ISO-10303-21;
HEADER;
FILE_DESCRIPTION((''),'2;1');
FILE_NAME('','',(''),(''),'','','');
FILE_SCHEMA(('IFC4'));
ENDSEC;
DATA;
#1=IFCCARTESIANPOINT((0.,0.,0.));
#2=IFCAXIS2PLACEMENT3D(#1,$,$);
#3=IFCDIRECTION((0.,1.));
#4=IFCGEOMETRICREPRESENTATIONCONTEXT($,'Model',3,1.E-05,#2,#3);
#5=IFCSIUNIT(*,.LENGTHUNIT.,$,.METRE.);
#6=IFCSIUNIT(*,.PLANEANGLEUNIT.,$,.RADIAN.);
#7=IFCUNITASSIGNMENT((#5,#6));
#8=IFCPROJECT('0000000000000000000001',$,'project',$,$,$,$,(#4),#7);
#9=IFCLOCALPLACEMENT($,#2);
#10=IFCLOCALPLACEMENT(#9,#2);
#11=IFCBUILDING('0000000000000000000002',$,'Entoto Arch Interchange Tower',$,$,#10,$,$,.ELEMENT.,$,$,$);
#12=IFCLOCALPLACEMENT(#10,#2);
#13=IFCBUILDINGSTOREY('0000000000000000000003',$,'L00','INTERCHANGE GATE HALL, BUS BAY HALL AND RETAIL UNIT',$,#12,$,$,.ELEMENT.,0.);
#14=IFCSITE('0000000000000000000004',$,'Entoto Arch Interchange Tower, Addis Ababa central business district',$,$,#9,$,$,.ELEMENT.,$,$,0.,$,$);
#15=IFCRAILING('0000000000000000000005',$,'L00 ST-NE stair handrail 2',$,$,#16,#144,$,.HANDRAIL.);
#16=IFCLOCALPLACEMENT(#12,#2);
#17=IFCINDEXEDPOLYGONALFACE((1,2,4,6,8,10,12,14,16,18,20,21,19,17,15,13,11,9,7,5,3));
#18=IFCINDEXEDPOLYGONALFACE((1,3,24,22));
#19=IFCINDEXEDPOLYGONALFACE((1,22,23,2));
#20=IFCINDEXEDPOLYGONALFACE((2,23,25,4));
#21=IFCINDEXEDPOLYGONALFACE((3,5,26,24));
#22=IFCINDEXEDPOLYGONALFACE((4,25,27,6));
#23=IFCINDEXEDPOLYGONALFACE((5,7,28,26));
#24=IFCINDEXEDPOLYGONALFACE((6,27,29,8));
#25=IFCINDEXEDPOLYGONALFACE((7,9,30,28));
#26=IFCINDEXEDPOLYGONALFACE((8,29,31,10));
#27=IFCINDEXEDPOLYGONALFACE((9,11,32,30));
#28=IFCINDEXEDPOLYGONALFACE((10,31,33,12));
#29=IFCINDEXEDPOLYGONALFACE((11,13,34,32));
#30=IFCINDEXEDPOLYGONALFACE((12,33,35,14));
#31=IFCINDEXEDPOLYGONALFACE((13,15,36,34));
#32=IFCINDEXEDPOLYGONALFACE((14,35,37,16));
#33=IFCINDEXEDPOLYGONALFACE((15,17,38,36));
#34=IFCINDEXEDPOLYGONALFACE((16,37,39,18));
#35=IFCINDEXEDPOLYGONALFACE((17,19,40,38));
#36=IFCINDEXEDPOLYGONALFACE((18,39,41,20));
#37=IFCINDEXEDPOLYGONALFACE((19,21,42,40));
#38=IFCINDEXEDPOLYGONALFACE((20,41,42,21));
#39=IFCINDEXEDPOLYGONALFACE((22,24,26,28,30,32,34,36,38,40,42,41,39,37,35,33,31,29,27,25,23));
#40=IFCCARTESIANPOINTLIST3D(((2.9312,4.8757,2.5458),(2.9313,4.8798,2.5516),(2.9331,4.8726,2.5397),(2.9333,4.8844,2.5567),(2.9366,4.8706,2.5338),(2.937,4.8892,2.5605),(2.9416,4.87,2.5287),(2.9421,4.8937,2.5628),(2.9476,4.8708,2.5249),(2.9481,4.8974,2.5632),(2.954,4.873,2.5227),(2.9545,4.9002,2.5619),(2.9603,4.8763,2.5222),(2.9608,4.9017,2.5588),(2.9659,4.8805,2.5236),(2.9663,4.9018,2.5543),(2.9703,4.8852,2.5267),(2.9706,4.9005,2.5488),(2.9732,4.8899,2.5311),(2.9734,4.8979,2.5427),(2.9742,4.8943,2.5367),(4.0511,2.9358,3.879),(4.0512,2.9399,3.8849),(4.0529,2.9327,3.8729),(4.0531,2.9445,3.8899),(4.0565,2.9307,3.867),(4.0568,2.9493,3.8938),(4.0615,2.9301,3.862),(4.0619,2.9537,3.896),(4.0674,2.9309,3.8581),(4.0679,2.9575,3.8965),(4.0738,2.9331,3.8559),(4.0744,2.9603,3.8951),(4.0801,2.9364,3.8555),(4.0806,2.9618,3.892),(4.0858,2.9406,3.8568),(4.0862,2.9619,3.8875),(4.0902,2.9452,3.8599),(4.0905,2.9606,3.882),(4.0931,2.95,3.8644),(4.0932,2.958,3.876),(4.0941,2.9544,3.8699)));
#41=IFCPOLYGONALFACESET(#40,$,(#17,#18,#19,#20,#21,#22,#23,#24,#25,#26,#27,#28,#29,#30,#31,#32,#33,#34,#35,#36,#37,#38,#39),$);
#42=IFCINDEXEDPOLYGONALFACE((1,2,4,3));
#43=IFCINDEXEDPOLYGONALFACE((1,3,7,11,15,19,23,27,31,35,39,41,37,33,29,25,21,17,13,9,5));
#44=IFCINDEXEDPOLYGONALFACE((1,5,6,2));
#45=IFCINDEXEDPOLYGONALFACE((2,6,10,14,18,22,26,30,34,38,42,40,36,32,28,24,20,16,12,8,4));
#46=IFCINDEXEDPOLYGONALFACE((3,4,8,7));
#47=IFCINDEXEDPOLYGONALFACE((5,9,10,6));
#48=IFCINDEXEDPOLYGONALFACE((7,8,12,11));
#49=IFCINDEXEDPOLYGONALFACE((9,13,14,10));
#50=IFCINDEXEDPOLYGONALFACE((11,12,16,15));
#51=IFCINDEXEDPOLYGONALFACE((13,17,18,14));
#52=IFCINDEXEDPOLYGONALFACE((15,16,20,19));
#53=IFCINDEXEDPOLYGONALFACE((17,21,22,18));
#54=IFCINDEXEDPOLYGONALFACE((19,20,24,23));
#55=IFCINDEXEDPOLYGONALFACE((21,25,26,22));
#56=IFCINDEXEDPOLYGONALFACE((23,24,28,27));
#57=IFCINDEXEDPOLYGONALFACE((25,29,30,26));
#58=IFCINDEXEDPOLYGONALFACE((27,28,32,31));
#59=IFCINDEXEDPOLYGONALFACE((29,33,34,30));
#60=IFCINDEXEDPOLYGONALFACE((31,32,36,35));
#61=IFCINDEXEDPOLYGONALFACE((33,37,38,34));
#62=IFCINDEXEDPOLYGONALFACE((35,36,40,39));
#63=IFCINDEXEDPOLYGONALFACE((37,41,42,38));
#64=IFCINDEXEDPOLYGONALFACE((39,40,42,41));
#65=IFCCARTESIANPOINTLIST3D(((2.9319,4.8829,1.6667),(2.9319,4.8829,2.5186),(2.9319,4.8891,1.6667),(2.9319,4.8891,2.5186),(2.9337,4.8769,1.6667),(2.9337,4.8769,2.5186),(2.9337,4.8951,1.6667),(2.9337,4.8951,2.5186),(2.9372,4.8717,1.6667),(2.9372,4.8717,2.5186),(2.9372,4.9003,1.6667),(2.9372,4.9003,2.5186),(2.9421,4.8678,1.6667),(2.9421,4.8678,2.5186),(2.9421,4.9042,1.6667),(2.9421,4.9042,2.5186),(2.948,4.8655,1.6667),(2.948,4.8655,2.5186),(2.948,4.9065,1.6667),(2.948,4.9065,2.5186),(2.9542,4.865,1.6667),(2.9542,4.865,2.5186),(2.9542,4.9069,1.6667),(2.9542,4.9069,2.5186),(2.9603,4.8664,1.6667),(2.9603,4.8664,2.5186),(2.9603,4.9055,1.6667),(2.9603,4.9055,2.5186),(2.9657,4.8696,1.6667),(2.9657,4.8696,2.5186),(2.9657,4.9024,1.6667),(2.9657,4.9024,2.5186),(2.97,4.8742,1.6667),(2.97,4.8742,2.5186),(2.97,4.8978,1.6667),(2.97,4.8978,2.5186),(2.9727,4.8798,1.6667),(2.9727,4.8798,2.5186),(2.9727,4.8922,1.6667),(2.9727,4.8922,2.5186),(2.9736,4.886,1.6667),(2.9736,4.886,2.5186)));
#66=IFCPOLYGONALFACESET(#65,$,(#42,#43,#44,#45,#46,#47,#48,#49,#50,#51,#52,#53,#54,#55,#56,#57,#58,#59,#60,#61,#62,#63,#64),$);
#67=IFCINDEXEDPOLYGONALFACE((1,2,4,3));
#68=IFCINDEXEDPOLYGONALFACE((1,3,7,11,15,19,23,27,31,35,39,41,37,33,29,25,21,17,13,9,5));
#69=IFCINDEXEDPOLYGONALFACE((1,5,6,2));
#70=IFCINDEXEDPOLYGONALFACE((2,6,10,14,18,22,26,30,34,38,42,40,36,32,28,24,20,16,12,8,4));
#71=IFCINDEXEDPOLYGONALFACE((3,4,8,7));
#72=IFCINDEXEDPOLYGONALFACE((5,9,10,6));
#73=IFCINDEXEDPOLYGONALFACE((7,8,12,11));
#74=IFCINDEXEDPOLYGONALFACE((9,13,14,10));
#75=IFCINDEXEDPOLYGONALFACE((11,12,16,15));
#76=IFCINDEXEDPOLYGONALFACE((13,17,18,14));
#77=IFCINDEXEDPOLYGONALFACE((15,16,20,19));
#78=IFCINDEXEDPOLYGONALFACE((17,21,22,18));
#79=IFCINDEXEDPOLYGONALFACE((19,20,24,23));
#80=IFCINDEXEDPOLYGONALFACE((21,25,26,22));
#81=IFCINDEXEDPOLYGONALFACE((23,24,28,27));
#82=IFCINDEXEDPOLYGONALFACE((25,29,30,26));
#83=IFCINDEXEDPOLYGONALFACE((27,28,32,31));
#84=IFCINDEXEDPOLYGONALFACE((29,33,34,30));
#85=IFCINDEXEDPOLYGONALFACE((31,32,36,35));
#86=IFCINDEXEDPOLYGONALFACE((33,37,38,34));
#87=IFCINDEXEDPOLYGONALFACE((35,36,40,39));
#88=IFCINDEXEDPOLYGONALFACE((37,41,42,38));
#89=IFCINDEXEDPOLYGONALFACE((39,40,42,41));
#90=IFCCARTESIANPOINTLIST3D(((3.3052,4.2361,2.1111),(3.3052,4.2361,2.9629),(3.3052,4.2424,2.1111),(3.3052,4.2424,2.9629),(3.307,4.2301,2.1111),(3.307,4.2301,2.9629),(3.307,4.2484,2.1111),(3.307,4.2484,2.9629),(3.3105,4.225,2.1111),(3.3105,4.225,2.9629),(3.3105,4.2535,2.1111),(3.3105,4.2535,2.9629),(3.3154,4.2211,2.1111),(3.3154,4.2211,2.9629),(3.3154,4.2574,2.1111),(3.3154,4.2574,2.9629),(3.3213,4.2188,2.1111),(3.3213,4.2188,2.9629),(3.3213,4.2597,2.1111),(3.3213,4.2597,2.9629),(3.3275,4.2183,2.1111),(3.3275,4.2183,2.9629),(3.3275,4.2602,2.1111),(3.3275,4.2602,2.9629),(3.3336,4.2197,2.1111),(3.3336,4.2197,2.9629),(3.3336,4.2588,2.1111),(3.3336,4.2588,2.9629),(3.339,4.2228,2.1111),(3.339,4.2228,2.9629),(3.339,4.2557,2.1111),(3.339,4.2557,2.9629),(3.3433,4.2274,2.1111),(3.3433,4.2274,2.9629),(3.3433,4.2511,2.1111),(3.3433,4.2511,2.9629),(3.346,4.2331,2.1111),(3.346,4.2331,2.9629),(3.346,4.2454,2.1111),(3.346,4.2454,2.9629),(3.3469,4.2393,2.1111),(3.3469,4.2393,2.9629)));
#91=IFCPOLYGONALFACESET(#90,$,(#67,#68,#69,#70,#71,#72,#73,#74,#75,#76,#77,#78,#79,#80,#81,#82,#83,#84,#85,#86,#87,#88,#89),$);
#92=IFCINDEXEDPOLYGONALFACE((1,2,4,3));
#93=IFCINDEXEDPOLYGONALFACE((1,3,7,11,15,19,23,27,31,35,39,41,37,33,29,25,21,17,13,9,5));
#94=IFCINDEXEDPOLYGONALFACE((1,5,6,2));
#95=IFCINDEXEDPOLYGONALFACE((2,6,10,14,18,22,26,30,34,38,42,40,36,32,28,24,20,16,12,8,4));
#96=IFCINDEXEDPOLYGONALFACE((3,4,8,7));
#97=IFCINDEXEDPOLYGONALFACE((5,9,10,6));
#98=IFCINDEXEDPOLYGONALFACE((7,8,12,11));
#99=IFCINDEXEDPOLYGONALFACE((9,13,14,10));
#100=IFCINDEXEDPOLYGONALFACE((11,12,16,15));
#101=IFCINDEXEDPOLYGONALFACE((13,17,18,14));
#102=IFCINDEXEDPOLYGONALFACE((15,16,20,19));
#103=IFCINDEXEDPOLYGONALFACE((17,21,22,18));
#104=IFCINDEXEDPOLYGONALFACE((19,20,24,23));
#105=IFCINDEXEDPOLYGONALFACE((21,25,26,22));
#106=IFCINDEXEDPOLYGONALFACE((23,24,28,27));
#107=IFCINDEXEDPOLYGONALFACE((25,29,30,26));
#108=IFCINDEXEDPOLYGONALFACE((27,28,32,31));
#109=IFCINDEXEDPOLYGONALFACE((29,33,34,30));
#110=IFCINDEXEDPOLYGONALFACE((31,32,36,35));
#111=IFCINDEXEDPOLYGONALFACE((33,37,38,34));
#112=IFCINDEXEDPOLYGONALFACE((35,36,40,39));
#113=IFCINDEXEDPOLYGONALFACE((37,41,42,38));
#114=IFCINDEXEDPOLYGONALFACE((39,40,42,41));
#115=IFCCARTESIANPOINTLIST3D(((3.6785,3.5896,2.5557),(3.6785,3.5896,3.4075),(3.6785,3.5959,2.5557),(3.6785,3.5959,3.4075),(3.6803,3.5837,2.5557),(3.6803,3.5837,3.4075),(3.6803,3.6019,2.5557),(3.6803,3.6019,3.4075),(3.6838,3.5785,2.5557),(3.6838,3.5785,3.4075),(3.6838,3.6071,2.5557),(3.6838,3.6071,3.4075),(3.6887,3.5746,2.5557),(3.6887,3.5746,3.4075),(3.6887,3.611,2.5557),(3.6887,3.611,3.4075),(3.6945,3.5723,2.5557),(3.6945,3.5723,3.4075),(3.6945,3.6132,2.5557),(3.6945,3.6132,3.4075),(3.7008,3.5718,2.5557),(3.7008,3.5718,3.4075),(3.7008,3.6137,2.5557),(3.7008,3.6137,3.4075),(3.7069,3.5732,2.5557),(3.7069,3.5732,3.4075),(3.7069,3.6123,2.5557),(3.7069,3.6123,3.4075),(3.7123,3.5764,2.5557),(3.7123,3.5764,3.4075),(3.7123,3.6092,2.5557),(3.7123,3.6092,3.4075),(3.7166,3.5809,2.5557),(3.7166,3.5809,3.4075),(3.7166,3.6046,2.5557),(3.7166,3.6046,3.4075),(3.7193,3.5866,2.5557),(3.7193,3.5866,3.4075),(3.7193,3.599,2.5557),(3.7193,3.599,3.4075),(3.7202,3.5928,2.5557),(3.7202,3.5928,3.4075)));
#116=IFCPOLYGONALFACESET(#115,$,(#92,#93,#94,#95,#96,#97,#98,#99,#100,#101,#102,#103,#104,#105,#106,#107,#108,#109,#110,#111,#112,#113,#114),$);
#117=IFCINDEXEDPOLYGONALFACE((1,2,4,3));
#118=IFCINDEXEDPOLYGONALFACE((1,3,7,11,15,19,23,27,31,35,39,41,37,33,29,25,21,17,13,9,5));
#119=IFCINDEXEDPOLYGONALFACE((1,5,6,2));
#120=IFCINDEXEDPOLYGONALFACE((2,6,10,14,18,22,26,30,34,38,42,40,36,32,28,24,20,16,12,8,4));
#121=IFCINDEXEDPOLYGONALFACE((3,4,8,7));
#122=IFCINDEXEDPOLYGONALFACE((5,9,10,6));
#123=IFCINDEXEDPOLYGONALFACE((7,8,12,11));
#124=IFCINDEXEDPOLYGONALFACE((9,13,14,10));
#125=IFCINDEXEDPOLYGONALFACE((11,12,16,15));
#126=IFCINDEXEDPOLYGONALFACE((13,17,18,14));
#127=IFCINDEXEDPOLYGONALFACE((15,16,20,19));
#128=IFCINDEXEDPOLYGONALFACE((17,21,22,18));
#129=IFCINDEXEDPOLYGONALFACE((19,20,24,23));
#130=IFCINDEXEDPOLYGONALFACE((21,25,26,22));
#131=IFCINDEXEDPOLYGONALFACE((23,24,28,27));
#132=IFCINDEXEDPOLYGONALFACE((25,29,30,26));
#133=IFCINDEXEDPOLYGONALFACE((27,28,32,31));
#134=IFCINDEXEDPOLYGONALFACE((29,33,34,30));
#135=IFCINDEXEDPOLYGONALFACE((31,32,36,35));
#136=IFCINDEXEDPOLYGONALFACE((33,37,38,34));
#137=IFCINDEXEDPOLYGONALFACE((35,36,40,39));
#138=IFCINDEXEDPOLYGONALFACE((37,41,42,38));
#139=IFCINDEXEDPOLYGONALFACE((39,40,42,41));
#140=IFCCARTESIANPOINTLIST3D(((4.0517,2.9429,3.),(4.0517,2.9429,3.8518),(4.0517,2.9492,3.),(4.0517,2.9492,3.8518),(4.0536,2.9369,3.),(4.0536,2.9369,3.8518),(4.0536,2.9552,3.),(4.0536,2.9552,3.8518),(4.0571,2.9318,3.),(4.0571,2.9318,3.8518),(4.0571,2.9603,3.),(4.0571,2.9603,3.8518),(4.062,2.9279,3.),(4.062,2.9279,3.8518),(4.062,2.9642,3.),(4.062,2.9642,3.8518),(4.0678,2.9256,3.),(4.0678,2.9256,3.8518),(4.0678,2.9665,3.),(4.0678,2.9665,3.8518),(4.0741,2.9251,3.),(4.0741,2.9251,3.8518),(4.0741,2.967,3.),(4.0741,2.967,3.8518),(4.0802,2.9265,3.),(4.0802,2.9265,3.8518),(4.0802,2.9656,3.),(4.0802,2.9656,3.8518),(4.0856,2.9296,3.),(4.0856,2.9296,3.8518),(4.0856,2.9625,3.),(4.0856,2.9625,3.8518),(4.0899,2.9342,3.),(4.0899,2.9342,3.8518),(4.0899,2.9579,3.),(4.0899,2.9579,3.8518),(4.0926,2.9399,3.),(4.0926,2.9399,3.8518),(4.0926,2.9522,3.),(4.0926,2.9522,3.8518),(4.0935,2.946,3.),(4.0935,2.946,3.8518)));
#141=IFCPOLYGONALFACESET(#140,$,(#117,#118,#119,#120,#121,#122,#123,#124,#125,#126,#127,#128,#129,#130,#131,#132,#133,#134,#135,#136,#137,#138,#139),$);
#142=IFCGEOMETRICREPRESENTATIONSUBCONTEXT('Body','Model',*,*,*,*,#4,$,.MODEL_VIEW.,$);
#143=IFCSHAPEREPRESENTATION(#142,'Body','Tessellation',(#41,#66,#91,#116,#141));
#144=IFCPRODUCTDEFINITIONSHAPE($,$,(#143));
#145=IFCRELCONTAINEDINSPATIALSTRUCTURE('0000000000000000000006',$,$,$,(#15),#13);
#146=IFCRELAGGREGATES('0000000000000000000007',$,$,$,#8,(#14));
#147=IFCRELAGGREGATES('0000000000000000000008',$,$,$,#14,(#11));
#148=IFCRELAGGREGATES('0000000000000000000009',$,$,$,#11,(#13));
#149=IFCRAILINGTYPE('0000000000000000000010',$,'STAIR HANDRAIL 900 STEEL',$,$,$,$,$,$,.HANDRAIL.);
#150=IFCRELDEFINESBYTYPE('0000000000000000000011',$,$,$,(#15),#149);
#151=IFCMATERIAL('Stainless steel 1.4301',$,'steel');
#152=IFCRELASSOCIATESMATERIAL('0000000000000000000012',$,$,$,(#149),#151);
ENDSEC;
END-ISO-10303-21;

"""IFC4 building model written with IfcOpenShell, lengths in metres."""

from ifc_helpers import new_model, si_unit, direction, frame, origin, origin_2d, place, context, subcontext, project, spatial, circle, extrude, material, type_object, element, save


model = new_model("IFC4")

# Units and contexts
model_context = context("Model", 3, precision=1e-05, world=origin(), true_north=direction((0.0, 1.0)))
body_context = subcontext(model_context, "Body", "Model", "MODEL_VIEW")
ifc_project = project(units=[si_unit("LENGTHUNIT", "METRE"), si_unit("PLANEANGLEUNIT", "RADIAN")], contexts=[model_context])

# Site, building, storey
site_placement = place(None, origin())
site = spatial("IfcSite", under=ifc_project, at=site_placement, Name="Entoto Arch Interchange Tower, Addis Ababa central business district", CompositionType="ELEMENT", RefElevation=0.0)
building_placement = place(site_placement, origin())
building = spatial("IfcBuilding", under=site, at=building_placement, Name="Entoto Arch Interchange Tower", CompositionType="ELEMENT")
storey_placement = place(building_placement, origin())
storey = spatial("IfcBuildingStorey", under=building, at=storey_placement, Name="L00", Description="INTERCHANGE GATE HALL, BUS BAY HALL AND RETAIL UNIT", CompositionType="ELEMENT", Elevation=0.0)

# Railing
ifc_material_1 = material(Name="Stainless steel 1.4301", Category="steel")
railing_type_1 = type_object("IfcRailingType", Name="STAIR HANDRAIL 900 STEEL", PredefinedType="HANDRAIL", material=ifc_material_1)
railing_1_placement = place(storey_placement, frame((2.9526, 4.886, 1.6667)))
element("IfcRailing", 1, at=railing_1_placement, inside=storey, type_object=railing_type_1, Name="L00 ST-NE stair handrail 2", PredefinedType="HANDRAIL", context=body_context, shape_type="SweptSolid", body=[
    extrude(circle(Radius=0.0239, at=origin_2d()), frame((0.0, 0.0, 0.876), z_axis=(0.429608, -0.744205, 0.511465), x_axis=(0.866055, 0.499949, 0.0)), (0.0, 0.0, 1.0), 2.6067),
    extrude(circle(Radius=0.021, at=origin_2d()), origin(), (0.0, 0.0, 1.0), 0.8518),
    extrude(circle(Radius=0.021, at=origin_2d()), frame((0.3733, -0.6467, 0.4443)), (0.0, 0.0, 1.0), 0.8518),
    extrude(circle(Radius=0.021, at=origin_2d()), frame((0.7466, -1.2932, 0.8889)), (0.0, 0.0, 1.0), 0.8518),
    extrude(circle(Radius=0.021, at=origin_2d()), frame((1.1199, -1.9399, 1.3333)), (0.0, 0.0, 1.0), 0.8518),
])

save(model, "model.ifc")
